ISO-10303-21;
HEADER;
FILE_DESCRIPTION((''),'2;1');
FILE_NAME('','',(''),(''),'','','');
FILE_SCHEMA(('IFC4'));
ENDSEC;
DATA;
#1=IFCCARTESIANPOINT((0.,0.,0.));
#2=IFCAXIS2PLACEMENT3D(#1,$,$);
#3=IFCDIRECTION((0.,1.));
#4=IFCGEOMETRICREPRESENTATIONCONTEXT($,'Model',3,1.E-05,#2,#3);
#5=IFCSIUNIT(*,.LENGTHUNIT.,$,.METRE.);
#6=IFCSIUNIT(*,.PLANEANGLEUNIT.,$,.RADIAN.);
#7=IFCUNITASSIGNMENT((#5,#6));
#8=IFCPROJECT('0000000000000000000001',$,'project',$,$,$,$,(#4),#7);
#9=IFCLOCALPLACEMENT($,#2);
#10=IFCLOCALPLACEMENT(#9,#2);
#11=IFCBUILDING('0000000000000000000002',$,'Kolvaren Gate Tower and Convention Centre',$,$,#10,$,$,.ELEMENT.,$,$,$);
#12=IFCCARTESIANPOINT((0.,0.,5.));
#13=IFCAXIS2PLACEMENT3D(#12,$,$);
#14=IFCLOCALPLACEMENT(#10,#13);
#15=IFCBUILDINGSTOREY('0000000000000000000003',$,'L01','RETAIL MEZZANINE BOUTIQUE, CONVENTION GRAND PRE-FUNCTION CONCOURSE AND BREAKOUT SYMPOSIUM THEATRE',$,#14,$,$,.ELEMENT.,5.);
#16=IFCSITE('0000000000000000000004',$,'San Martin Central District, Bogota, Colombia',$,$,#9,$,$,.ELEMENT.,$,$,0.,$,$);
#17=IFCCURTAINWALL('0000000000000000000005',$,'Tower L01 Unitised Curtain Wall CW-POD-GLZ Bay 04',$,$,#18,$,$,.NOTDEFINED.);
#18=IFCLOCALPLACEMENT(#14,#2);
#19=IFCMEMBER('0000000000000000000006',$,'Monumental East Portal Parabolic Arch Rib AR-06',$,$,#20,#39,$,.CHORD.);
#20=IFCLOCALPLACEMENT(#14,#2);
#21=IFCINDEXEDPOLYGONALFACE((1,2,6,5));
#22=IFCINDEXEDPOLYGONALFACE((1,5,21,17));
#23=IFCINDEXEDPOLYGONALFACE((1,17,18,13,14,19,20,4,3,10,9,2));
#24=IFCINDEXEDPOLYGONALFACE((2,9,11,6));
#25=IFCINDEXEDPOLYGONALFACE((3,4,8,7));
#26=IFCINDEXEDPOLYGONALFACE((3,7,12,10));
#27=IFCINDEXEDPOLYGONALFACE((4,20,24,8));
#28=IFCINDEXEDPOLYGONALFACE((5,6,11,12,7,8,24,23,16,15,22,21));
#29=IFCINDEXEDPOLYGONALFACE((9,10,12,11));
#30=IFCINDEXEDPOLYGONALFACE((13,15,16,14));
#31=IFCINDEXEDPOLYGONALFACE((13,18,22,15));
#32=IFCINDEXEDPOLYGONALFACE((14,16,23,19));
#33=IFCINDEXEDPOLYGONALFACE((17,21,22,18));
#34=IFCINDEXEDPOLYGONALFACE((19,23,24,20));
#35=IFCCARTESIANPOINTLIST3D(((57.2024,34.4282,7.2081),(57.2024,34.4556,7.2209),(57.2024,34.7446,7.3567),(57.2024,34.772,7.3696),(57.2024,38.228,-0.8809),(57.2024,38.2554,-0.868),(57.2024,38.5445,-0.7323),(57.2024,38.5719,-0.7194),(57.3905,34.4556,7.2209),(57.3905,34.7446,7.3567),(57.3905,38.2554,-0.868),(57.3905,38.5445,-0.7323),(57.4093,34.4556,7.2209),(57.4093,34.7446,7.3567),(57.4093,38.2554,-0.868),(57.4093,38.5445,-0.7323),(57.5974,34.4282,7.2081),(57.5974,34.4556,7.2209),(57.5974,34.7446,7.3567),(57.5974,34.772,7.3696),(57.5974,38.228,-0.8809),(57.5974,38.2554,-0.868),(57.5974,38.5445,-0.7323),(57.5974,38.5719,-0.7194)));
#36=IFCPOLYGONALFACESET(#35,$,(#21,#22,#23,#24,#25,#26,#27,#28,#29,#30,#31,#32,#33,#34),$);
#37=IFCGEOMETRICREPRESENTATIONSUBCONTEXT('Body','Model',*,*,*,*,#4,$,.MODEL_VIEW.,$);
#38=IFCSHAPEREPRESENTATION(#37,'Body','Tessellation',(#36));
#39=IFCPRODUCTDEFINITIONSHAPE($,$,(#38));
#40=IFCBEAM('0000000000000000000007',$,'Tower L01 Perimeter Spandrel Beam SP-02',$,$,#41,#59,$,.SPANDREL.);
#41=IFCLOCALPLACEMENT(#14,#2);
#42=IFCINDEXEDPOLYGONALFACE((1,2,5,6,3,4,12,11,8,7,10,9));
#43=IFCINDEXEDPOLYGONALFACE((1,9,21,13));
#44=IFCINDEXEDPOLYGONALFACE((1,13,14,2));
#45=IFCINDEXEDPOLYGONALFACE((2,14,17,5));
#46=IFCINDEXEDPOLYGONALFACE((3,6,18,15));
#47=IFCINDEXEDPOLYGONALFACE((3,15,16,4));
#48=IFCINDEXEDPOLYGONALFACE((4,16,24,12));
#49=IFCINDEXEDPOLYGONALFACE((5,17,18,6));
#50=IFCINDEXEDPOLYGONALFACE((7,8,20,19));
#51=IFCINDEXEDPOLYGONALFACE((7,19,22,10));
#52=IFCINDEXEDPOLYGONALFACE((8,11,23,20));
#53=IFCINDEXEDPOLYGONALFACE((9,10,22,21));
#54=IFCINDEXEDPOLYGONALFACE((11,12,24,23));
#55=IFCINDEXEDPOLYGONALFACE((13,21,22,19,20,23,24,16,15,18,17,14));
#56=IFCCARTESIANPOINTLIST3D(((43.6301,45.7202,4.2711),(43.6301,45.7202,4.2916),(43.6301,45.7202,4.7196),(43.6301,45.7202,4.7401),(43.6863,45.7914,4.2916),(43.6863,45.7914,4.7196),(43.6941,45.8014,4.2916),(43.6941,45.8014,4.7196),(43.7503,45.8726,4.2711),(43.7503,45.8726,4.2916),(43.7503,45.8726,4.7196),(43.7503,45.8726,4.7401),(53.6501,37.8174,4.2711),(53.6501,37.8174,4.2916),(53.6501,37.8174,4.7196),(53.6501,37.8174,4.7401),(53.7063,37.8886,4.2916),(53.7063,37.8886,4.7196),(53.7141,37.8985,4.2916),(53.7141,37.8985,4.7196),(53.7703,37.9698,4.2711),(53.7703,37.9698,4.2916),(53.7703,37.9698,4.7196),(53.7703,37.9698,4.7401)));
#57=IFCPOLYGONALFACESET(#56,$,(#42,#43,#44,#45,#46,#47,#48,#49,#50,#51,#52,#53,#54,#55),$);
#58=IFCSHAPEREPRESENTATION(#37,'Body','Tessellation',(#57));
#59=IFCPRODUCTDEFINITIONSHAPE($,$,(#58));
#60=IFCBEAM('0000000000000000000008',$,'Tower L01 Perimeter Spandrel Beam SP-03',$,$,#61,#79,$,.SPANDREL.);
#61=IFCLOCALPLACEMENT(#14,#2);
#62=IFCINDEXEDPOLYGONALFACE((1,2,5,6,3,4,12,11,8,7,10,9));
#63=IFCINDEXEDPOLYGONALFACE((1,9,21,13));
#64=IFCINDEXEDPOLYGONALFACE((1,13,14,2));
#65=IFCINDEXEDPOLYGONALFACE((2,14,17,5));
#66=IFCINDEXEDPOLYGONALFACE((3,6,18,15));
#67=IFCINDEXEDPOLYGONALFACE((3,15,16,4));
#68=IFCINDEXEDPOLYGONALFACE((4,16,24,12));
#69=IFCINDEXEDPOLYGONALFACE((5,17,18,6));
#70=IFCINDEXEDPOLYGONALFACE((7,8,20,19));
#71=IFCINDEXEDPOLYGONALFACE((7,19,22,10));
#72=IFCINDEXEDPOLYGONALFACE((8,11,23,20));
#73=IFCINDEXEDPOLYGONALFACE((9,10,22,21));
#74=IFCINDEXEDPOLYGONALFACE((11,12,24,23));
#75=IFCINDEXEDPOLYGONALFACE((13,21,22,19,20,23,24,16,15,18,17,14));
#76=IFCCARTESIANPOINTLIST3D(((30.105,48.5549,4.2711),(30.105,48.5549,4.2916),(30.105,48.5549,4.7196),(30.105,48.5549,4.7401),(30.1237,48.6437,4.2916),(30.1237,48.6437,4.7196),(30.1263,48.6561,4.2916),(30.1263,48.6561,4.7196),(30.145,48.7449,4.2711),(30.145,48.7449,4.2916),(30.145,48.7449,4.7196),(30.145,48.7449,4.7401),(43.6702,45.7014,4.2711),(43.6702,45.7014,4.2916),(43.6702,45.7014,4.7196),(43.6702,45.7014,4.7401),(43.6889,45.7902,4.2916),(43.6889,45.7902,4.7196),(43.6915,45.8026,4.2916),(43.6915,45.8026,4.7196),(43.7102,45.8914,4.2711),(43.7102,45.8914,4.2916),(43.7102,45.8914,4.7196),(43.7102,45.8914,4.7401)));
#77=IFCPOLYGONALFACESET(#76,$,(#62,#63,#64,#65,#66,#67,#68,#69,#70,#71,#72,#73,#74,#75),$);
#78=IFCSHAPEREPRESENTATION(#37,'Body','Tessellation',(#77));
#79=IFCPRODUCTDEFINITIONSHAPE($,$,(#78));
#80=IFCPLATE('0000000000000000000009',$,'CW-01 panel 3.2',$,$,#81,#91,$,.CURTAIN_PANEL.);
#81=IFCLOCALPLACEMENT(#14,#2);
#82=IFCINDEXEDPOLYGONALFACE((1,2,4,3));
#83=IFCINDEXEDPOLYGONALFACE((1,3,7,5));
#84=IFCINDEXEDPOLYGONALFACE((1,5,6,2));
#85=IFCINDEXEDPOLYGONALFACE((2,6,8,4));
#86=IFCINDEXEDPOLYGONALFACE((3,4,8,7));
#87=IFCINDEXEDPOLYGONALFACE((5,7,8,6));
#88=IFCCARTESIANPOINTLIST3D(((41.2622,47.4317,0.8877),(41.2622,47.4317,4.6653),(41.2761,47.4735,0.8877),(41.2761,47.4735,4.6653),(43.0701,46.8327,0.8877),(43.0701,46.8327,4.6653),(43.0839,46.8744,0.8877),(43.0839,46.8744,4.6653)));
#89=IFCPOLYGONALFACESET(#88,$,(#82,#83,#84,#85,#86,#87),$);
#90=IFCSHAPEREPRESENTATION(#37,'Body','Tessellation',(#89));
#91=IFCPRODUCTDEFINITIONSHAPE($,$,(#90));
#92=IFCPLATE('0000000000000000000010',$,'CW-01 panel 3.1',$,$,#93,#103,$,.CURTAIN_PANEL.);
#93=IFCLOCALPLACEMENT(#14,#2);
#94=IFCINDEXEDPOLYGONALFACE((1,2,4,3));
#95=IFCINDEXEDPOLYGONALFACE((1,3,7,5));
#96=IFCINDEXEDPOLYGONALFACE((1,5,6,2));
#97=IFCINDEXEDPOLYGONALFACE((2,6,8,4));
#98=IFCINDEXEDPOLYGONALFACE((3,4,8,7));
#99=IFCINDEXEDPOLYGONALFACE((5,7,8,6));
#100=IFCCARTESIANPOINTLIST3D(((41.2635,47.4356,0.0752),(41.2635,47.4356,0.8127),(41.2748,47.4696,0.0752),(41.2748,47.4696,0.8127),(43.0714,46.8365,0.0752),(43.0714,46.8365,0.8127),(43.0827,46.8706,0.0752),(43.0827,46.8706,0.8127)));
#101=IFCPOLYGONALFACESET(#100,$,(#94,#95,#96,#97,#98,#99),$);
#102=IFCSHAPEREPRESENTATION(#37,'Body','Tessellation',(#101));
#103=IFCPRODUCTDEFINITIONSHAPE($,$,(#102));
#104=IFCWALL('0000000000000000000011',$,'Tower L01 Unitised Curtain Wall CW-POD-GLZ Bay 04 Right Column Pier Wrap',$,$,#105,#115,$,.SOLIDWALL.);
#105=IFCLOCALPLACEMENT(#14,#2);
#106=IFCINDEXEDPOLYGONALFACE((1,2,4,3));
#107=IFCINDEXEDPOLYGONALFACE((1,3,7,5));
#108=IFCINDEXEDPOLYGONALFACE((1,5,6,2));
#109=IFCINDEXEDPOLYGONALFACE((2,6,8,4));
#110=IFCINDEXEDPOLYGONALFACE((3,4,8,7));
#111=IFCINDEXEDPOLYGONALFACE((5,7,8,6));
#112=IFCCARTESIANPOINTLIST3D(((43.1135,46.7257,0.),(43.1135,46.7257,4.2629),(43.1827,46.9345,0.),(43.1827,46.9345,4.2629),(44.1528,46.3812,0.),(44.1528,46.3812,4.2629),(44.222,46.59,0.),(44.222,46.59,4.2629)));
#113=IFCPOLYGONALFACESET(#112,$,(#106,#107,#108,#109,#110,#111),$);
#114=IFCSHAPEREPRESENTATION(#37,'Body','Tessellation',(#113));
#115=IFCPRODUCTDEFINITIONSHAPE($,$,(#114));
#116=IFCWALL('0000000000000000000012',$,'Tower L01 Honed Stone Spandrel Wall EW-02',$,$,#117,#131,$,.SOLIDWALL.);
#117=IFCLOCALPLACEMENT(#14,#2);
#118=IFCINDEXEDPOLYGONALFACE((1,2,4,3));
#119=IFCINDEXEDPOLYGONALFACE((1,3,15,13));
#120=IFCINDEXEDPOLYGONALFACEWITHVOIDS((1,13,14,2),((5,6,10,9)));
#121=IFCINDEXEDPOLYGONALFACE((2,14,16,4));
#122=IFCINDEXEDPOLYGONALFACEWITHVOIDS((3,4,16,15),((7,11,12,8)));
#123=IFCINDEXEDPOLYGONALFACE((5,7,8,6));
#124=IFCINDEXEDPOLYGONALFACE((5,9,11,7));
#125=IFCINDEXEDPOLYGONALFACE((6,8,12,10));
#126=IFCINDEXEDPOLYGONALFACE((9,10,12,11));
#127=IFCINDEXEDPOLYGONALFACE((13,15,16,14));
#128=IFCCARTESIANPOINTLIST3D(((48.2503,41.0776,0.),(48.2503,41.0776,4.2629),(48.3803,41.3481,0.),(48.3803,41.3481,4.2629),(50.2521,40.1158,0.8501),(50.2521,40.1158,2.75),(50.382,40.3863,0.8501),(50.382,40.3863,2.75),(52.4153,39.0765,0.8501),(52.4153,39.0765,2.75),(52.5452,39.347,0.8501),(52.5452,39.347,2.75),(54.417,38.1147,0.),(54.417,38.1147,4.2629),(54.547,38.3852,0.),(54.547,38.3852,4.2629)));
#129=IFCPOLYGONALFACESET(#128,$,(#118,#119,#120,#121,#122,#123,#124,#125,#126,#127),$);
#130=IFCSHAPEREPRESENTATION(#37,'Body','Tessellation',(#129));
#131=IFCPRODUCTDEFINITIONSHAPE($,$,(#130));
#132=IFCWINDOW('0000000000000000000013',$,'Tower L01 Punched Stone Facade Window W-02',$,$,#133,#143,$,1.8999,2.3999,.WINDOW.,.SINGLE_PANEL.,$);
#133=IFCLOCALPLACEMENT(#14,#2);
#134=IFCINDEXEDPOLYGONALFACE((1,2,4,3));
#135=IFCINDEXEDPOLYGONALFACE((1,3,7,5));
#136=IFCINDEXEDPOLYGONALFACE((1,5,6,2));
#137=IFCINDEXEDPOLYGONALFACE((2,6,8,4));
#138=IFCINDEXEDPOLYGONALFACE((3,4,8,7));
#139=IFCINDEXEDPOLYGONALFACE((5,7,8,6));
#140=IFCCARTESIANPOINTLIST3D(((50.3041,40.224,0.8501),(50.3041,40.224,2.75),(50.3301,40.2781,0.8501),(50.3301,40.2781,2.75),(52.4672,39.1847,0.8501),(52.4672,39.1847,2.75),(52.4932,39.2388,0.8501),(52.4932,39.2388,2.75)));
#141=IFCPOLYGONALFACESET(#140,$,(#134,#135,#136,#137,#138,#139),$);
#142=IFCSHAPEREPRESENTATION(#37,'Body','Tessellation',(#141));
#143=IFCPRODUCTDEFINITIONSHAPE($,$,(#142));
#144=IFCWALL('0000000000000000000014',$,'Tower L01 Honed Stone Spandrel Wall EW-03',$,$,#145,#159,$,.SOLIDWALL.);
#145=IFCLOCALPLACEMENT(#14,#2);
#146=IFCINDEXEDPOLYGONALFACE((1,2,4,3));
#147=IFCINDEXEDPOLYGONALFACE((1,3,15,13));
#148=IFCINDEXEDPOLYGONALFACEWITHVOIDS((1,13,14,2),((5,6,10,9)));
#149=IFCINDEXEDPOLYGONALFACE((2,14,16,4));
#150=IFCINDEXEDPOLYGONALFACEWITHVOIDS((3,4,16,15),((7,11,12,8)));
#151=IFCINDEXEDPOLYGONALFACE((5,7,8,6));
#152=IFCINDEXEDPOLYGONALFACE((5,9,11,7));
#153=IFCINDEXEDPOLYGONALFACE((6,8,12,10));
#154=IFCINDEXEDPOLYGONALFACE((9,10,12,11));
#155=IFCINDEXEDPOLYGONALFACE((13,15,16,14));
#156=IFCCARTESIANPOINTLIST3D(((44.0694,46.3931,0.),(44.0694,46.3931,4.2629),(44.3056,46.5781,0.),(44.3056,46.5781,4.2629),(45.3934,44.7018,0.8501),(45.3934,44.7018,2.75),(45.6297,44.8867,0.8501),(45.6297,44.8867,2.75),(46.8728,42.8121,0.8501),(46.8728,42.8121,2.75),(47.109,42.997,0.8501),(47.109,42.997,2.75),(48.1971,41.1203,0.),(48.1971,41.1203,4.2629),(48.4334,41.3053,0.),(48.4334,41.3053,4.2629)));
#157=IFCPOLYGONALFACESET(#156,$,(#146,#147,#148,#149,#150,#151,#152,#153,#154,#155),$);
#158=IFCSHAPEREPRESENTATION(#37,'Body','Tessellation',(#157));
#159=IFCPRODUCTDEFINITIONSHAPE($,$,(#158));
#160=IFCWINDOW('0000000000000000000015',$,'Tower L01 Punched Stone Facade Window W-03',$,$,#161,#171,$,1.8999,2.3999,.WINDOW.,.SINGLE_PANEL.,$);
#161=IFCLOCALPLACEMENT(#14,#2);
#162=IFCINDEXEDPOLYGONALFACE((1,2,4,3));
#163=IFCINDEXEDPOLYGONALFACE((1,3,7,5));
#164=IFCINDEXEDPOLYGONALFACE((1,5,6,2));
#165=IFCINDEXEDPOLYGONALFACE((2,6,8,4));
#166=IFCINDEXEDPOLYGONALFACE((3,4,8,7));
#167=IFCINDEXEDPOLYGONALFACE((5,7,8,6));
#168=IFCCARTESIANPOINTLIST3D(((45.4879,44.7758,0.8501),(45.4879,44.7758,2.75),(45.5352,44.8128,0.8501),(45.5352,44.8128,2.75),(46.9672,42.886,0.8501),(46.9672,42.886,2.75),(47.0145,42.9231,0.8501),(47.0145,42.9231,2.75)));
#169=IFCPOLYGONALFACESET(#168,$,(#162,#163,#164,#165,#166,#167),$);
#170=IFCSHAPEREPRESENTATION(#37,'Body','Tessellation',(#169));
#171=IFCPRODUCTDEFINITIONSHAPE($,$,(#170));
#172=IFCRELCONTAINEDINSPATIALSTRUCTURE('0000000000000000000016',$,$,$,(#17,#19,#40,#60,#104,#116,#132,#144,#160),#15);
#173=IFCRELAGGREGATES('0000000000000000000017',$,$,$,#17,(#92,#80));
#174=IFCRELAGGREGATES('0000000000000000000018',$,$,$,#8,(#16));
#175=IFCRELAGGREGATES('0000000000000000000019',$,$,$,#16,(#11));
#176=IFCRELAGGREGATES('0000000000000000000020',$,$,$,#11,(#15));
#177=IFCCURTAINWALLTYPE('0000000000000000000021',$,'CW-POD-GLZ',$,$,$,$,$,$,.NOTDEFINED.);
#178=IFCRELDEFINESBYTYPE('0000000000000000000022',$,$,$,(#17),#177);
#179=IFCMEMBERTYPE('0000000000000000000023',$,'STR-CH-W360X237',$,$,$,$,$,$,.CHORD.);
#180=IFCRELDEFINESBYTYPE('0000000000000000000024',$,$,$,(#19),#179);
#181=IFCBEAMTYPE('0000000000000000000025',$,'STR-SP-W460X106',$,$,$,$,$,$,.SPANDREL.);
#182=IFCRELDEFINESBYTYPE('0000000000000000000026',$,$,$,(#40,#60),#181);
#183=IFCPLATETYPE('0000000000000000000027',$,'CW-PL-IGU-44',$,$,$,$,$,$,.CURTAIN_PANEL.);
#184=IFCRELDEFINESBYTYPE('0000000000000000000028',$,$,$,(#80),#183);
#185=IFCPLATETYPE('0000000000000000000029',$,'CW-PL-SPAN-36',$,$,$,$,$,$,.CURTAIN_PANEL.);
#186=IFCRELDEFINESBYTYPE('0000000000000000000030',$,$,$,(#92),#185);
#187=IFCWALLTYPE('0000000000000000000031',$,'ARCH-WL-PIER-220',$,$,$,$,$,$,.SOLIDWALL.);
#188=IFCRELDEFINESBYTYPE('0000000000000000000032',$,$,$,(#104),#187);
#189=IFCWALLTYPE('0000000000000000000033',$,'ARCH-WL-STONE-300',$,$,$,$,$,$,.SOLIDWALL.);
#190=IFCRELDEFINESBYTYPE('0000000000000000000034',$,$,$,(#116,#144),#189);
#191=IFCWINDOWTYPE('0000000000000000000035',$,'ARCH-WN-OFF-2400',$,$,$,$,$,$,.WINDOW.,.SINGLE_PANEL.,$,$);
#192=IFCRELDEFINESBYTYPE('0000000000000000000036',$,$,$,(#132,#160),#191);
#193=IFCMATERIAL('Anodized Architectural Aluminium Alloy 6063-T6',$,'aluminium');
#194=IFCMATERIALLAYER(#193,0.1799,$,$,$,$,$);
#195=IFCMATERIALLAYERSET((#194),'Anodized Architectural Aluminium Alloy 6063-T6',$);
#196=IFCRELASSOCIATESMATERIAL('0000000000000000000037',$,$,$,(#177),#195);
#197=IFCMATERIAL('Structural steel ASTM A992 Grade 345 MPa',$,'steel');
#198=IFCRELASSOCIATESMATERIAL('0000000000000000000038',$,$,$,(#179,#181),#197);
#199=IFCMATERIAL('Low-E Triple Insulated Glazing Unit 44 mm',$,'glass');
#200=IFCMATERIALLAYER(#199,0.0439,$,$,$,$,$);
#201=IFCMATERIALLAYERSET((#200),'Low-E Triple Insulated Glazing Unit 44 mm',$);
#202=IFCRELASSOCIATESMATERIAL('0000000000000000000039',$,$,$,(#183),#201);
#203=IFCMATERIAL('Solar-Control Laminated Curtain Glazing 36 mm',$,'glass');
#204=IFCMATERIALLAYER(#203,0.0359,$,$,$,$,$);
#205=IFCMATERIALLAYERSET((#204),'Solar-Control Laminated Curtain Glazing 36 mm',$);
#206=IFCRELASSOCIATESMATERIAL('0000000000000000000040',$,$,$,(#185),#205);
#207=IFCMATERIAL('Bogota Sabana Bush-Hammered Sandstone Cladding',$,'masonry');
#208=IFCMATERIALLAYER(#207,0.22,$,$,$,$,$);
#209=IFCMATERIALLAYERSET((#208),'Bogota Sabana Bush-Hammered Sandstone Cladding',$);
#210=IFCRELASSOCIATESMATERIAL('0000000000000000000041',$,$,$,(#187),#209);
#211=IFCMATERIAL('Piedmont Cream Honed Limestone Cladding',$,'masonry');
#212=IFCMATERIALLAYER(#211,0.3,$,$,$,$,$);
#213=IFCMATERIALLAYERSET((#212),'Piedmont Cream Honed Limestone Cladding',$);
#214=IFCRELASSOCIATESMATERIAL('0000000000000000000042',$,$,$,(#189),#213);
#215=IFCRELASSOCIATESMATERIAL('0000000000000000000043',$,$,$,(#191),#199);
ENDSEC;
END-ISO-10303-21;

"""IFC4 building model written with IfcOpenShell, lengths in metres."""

from ifc_helpers import new_model, si_unit, direction, frame, frame_2d, origin, origin_2d, place, context, subcontext, project, spatial, rectangle, i_section, extrude, material, layer, layer_set, material_profile, profile_set, type_object, element, fill, aggregate, save


model = new_model("IFC4")

# Units and contexts
model_context = context("Model", 3, precision=1e-05, world=origin(), true_north=direction((0.0, 1.0)))
body_context = subcontext(model_context, "Body", "Model", "MODEL_VIEW")
ifc_project = project(units=[si_unit("LENGTHUNIT", "METRE"), si_unit("PLANEANGLEUNIT", "RADIAN")], contexts=[model_context])

# Site, building, storey
site_placement = place(None, origin())
site = spatial("IfcSite", under=ifc_project, at=site_placement, Name="San Martin Central District, Bogota, Colombia", CompositionType="ELEMENT", RefElevation=0.0)
building_placement = place(site_placement, origin())
building = spatial("IfcBuilding", under=site, at=building_placement, Name="Kolvaren Gate Tower and Convention Centre", CompositionType="ELEMENT")
storey_placement = place(building_placement, frame((0.0, 0.0, 5.0)))
storey = spatial("IfcBuildingStorey", under=building, at=storey_placement, Name="L01", Description="RETAIL MEZZANINE BOUTIQUE, CONVENTION GRAND PRE-FUNCTION CONCOURSE AND BREAKOUT SYMPOSIUM THEATRE", CompositionType="ELEMENT", Elevation=5.0)

# Curtain wall
ifc_material_1 = material(Name="Anodized Architectural Aluminium Alloy 6063-T6", Category="aluminium")
ifc_layer_1 = layer(ifc_material_1, 0.1799)
ifc_layer_set_1 = layer_set([ifc_layer_1], Name="Anodized Architectural Aluminium Alloy 6063-T6")
curtain_wall_type = type_object("IfcCurtainWallType", Name="CW-POD-GLZ", PredefinedType="NOTDEFINED", material=ifc_layer_set_1)
curtain_wall_placement = place(storey_placement, origin())
curtain_wall = element("IfcCurtainWall", 1, at=curtain_wall_placement, inside=storey, type_object=curtain_wall_type, Name="Tower L01 Unitised Curtain Wall CW-POD-GLZ Bay 04", PredefinedType="NOTDEFINED")

# Shared definitions
ifc_material_2 = material(Name="Structural steel ASTM A992 Grade 345 MPa", Category="steel")

# Member
ifc_material_profile_1 = material_profile(ifc_material_2, i_section(OverallWidth=0.395, OverallDepth=0.3799, WebThickness=0.0188, FlangeThickness=0.0303, at=origin_2d()), Name="W360X237")
ifc_profile_set_1 = profile_set([ifc_material_profile_1], Name="Structural steel ASTM A992 Grade 345 MPa")
member_type_1 = type_object("IfcMemberType", Name="STR-CH-W360X237", PredefinedType="CHORD", material=ifc_profile_set_1)
member_1_placement = place(storey_placement, frame((57.3999, 34.6001, 7.2888), z_axis=(0.0, 0.425181, -0.905108), x_axis=(-1.0, 0.0, 0.0)))
element("IfcMember", 2, at=member_1_placement, inside=storey, type_object=member_type_1, Name="Monumental East Portal Parabolic Arch Rib AR-06", PredefinedType="CHORD", context=body_context, shape_type="SweptSolid", body=[
    extrude(i_section(OverallWidth=0.395, OverallDepth=0.3799, WebThickness=0.0188, FlangeThickness=0.0303, at=origin_2d()), origin(), (0.0, 0.0, 1.0), 8.937),
])

# Beams
ifc_material_profile_2 = material_profile(ifc_material_2, i_section(OverallWidth=0.1941, OverallDepth=0.469, WebThickness=0.0127, FlangeThickness=0.0205, at=origin_2d()), Name="W460X106")
ifc_profile_set_2 = profile_set([ifc_material_profile_2], Name="Structural steel ASTM A992 Grade 345 MPa")
beam_type_1 = type_object("IfcBeamType", Name="STR-SP-W460X106", PredefinedType="SPANDREL", material=ifc_profile_set_2)
beam_1_placement = place(storey_placement, frame((53.7102, 37.8936, 4.5056), z_axis=(-0.785176, 0.619272, 0.0), x_axis=(-0.619272, -0.785176, 0.0)))
element("IfcBeam", 3, at=beam_1_placement, inside=storey, type_object=beam_type_1, Name="Tower L01 Perimeter Spandrel Beam SP-02", PredefinedType="SPANDREL", context=body_context, shape_type="SweptSolid", body=[
    extrude(i_section(OverallWidth=0.1941, OverallDepth=0.469, WebThickness=0.0127, FlangeThickness=0.0205, at=origin_2d()), origin(), (0.0, 0.0, 1.0), 12.7615),
])
beam_2_placement = place(storey_placement, frame((43.6902, 45.7964, 4.5056), z_axis=(-0.978583, 0.205851, 0.0), x_axis=(-0.205851, -0.978583, 0.0)))
element("IfcBeam", 4, at=beam_2_placement, inside=storey, type_object=beam_type_1, Name="Tower L01 Perimeter Spandrel Beam SP-03", PredefinedType="SPANDREL", context=body_context, shape_type="SweptSolid", body=[
    extrude(i_section(OverallWidth=0.1941, OverallDepth=0.469, WebThickness=0.0127, FlangeThickness=0.0205, at=origin_2d()), origin(), (0.0, 0.0, 1.0), 13.8621),
])

# Plates
ifc_material_3 = material(Name="Low-E Triple Insulated Glazing Unit 44 mm", Category="glass")
ifc_layer_2 = layer(ifc_material_3, 0.0439)
ifc_layer_set_2 = layer_set([ifc_layer_2], Name="Low-E Triple Insulated Glazing Unit 44 mm")
plate_type_1 = type_object("IfcPlateType", Name="CW-PL-IGU-44", PredefinedType="CURTAIN_PANEL", material=ifc_layer_set_2)
plate_1_placement = place(storey_placement, frame((42.1731, 47.1531, 0.8877), z_axis=(0.0, 0.0, 1.0), x_axis=(0.949244, -0.314542, 0.0)))
plate_1 = element("IfcPlate", 5, at=plate_1_placement, type_object=plate_type_1, Name="CW-01 panel 3.2", PredefinedType="CURTAIN_PANEL", context=body_context, shape_type="SweptSolid", body=[
    extrude(rectangle(XDim=1.9045, YDim=0.0439, at=origin_2d()), origin(), (0.0, 0.0, 1.0), 3.7776),
])
ifc_material_4 = material(Name="Solar-Control Laminated Curtain Glazing 36 mm", Category="glass")
ifc_layer_3 = layer(ifc_material_4, 0.0359)
ifc_layer_set_3 = layer_set([ifc_layer_3], Name="Solar-Control Laminated Curtain Glazing 36 mm")
plate_type_2 = type_object("IfcPlateType", Name="CW-PL-SPAN-36", PredefinedType="CURTAIN_PANEL", material=ifc_layer_set_3)
plate_2_placement = place(storey_placement, frame((42.1731, 47.1531, 0.0752), z_axis=(0.0, 0.0, 1.0), x_axis=(0.949244, -0.314542, 0.0)))
plate_2 = element("IfcPlate", 6, at=plate_2_placement, type_object=plate_type_2, Name="CW-01 panel 3.1", PredefinedType="CURTAIN_PANEL", context=body_context, shape_type="SweptSolid", body=[
    extrude(rectangle(XDim=1.9045, YDim=0.0359, at=origin_2d()), origin(), (0.0, 0.0, 1.0), 0.7375),
])
aggregate(curtain_wall, [plate_2, plate_1])

# Wall
ifc_material_5 = material(Name="Bogota Sabana Bush-Hammered Sandstone Cladding", Category="masonry")
ifc_layer_4 = layer(ifc_material_5, 0.22)
ifc_layer_set_4 = layer_set([ifc_layer_4], Name="Bogota Sabana Bush-Hammered Sandstone Cladding")
wall_type_1 = type_object("IfcWallType", Name="ARCH-WL-PIER-220", PredefinedType="SOLIDWALL", material=ifc_layer_set_4)
wall_1_placement = place(storey_placement, frame((43.1482, 46.8301, 0.0), z_axis=(0.0, 0.0, 1.0), x_axis=(0.949217, -0.314622, 0.0)))
element("IfcWall", 7, at=wall_1_placement, inside=storey, type_object=wall_type_1, Name="Tower L01 Unitised Curtain Wall CW-POD-GLZ Bay 04 Right Column Pier Wrap", PredefinedType="SOLIDWALL", context=body_context, shape_type="SweptSolid", body=[
    extrude(rectangle(XDim=1.095, YDim=0.22, at=frame_2d((0.5474, 0.0))), origin(), (0.0, 0.0, 1.0), 4.2629),
])

# Walls, openings, windows
ifc_material_6 = material(Name="Piedmont Cream Honed Limestone Cladding", Category="masonry")
ifc_layer_5 = layer(ifc_material_6, 0.3)
ifc_layer_set_5 = layer_set([ifc_layer_5], Name="Piedmont Cream Honed Limestone Cladding")
wall_type_2 = type_object("IfcWallType", Name="ARCH-WL-STONE-300", PredefinedType="SOLIDWALL", material=ifc_layer_set_5)
wall_2_placement = place(storey_placement, frame((48.3152, 41.2129, 0.0), z_axis=(0.0, 0.0, 1.0), x_axis=(0.90136, -0.43307, 0.0)))
wall_2 = element("IfcWall", 8, at=wall_2_placement, inside=storey, type_object=wall_type_2, Name="Tower L01 Honed Stone Spandrel Wall EW-02", PredefinedType="SOLIDWALL", context=body_context, shape_type="SweptSolid", body=[
    extrude(rectangle(XDim=6.8416, YDim=0.3, at=frame_2d((3.4209, 0.0))), origin(), (0.0, 0.0, 1.0), 4.2629),
])
opening_1_placement = place(wall_2_placement, frame((2.2209, 0.0, 0.8501)))
opening_1 = element("IfcOpeningElement", 9, at=opening_1_placement, cuts=wall_2, PredefinedType="OPENING", context=body_context, shape_type="SweptSolid", body=[
    extrude(rectangle(XDim=2.3999, YDim=1.8999, at=frame_2d((1.2, 0.95))), frame((0.0, 0.1599, 0.0), z_axis=(0.0, -1.0, 0.0), x_axis=(1.0, 0.0, 0.0)), (0.0, 0.0, 1.0), 0.3201),
])
window_type_1 = type_object("IfcWindowType", Name="ARCH-WN-OFF-2400", PartitioningType="SINGLE_PANEL", PredefinedType="WINDOW", material=ifc_material_3)
window_1_placement = place(opening_1_placement, origin())
window_1 = element("IfcWindow", 10, at=window_1_placement, inside=storey, type_object=window_type_1, Name="Tower L01 Punched Stone Facade Window W-02", OverallHeight=1.8999, OverallWidth=2.3999, PartitioningType="SINGLE_PANEL", PredefinedType="WINDOW", context=body_context, shape_type="SweptSolid", body=[
    extrude(rectangle(XDim=2.3999, YDim=1.8999, at=frame_2d((1.2, 0.95))), frame((0.0, 0.03, 0.0), z_axis=(0.0, -1.0, 0.0), x_axis=(1.0, 0.0, 0.0)), (0.0, 0.0, 1.0), 0.0601),
])
fill(opening_1, window_1)
wall_3_placement = place(storey_placement, frame((44.1875, 46.4856, 0.0), z_axis=(0.0, 0.0, 1.0), x_axis=(0.616421, -0.787417, 0.0)))
wall_3 = element("IfcWall", 11, at=wall_3_placement, inside=storey, type_object=wall_type_2, Name="Tower L01 Honed Stone Spandrel Wall EW-03", PredefinedType="SOLIDWALL", context=body_context, shape_type="SweptSolid", body=[
    extrude(rectangle(XDim=6.6963, YDim=0.3, at=frame_2d((3.3481, 0.0))), origin(), (0.0, 0.0, 1.0), 4.2629),
])
opening_2_placement = place(wall_3_placement, frame((2.1479, 0.0, 0.8501)))
opening_2 = element("IfcOpeningElement", 12, at=opening_2_placement, cuts=wall_3, PredefinedType="OPENING", context=body_context, shape_type="SweptSolid", body=[
    extrude(rectangle(XDim=2.3999, YDim=1.8999, at=frame_2d((1.2, 0.95))), frame((0.0, 0.1599, 0.0), z_axis=(0.0, -1.0, 0.0), x_axis=(1.0, 0.0, 0.0)), (0.0, 0.0, 1.0), 0.3201),
])
window_2_placement = place(opening_2_placement, origin())
window_2 = element("IfcWindow", 13, at=window_2_placement, inside=storey, type_object=window_type_1, Name="Tower L01 Punched Stone Facade Window W-03", OverallHeight=1.8999, OverallWidth=2.3999, PartitioningType="SINGLE_PANEL", PredefinedType="WINDOW", context=body_context, shape_type="SweptSolid", body=[
    extrude(rectangle(XDim=2.3999, YDim=1.8999, at=frame_2d((1.2, 0.95))), frame((0.0, 0.03, 0.0), z_axis=(0.0, -1.0, 0.0), x_axis=(1.0, 0.0, 0.0)), (0.0, 0.0, 1.0), 0.0601),
])
fill(opening_2, window_2)

save(model, "model.ifc")
